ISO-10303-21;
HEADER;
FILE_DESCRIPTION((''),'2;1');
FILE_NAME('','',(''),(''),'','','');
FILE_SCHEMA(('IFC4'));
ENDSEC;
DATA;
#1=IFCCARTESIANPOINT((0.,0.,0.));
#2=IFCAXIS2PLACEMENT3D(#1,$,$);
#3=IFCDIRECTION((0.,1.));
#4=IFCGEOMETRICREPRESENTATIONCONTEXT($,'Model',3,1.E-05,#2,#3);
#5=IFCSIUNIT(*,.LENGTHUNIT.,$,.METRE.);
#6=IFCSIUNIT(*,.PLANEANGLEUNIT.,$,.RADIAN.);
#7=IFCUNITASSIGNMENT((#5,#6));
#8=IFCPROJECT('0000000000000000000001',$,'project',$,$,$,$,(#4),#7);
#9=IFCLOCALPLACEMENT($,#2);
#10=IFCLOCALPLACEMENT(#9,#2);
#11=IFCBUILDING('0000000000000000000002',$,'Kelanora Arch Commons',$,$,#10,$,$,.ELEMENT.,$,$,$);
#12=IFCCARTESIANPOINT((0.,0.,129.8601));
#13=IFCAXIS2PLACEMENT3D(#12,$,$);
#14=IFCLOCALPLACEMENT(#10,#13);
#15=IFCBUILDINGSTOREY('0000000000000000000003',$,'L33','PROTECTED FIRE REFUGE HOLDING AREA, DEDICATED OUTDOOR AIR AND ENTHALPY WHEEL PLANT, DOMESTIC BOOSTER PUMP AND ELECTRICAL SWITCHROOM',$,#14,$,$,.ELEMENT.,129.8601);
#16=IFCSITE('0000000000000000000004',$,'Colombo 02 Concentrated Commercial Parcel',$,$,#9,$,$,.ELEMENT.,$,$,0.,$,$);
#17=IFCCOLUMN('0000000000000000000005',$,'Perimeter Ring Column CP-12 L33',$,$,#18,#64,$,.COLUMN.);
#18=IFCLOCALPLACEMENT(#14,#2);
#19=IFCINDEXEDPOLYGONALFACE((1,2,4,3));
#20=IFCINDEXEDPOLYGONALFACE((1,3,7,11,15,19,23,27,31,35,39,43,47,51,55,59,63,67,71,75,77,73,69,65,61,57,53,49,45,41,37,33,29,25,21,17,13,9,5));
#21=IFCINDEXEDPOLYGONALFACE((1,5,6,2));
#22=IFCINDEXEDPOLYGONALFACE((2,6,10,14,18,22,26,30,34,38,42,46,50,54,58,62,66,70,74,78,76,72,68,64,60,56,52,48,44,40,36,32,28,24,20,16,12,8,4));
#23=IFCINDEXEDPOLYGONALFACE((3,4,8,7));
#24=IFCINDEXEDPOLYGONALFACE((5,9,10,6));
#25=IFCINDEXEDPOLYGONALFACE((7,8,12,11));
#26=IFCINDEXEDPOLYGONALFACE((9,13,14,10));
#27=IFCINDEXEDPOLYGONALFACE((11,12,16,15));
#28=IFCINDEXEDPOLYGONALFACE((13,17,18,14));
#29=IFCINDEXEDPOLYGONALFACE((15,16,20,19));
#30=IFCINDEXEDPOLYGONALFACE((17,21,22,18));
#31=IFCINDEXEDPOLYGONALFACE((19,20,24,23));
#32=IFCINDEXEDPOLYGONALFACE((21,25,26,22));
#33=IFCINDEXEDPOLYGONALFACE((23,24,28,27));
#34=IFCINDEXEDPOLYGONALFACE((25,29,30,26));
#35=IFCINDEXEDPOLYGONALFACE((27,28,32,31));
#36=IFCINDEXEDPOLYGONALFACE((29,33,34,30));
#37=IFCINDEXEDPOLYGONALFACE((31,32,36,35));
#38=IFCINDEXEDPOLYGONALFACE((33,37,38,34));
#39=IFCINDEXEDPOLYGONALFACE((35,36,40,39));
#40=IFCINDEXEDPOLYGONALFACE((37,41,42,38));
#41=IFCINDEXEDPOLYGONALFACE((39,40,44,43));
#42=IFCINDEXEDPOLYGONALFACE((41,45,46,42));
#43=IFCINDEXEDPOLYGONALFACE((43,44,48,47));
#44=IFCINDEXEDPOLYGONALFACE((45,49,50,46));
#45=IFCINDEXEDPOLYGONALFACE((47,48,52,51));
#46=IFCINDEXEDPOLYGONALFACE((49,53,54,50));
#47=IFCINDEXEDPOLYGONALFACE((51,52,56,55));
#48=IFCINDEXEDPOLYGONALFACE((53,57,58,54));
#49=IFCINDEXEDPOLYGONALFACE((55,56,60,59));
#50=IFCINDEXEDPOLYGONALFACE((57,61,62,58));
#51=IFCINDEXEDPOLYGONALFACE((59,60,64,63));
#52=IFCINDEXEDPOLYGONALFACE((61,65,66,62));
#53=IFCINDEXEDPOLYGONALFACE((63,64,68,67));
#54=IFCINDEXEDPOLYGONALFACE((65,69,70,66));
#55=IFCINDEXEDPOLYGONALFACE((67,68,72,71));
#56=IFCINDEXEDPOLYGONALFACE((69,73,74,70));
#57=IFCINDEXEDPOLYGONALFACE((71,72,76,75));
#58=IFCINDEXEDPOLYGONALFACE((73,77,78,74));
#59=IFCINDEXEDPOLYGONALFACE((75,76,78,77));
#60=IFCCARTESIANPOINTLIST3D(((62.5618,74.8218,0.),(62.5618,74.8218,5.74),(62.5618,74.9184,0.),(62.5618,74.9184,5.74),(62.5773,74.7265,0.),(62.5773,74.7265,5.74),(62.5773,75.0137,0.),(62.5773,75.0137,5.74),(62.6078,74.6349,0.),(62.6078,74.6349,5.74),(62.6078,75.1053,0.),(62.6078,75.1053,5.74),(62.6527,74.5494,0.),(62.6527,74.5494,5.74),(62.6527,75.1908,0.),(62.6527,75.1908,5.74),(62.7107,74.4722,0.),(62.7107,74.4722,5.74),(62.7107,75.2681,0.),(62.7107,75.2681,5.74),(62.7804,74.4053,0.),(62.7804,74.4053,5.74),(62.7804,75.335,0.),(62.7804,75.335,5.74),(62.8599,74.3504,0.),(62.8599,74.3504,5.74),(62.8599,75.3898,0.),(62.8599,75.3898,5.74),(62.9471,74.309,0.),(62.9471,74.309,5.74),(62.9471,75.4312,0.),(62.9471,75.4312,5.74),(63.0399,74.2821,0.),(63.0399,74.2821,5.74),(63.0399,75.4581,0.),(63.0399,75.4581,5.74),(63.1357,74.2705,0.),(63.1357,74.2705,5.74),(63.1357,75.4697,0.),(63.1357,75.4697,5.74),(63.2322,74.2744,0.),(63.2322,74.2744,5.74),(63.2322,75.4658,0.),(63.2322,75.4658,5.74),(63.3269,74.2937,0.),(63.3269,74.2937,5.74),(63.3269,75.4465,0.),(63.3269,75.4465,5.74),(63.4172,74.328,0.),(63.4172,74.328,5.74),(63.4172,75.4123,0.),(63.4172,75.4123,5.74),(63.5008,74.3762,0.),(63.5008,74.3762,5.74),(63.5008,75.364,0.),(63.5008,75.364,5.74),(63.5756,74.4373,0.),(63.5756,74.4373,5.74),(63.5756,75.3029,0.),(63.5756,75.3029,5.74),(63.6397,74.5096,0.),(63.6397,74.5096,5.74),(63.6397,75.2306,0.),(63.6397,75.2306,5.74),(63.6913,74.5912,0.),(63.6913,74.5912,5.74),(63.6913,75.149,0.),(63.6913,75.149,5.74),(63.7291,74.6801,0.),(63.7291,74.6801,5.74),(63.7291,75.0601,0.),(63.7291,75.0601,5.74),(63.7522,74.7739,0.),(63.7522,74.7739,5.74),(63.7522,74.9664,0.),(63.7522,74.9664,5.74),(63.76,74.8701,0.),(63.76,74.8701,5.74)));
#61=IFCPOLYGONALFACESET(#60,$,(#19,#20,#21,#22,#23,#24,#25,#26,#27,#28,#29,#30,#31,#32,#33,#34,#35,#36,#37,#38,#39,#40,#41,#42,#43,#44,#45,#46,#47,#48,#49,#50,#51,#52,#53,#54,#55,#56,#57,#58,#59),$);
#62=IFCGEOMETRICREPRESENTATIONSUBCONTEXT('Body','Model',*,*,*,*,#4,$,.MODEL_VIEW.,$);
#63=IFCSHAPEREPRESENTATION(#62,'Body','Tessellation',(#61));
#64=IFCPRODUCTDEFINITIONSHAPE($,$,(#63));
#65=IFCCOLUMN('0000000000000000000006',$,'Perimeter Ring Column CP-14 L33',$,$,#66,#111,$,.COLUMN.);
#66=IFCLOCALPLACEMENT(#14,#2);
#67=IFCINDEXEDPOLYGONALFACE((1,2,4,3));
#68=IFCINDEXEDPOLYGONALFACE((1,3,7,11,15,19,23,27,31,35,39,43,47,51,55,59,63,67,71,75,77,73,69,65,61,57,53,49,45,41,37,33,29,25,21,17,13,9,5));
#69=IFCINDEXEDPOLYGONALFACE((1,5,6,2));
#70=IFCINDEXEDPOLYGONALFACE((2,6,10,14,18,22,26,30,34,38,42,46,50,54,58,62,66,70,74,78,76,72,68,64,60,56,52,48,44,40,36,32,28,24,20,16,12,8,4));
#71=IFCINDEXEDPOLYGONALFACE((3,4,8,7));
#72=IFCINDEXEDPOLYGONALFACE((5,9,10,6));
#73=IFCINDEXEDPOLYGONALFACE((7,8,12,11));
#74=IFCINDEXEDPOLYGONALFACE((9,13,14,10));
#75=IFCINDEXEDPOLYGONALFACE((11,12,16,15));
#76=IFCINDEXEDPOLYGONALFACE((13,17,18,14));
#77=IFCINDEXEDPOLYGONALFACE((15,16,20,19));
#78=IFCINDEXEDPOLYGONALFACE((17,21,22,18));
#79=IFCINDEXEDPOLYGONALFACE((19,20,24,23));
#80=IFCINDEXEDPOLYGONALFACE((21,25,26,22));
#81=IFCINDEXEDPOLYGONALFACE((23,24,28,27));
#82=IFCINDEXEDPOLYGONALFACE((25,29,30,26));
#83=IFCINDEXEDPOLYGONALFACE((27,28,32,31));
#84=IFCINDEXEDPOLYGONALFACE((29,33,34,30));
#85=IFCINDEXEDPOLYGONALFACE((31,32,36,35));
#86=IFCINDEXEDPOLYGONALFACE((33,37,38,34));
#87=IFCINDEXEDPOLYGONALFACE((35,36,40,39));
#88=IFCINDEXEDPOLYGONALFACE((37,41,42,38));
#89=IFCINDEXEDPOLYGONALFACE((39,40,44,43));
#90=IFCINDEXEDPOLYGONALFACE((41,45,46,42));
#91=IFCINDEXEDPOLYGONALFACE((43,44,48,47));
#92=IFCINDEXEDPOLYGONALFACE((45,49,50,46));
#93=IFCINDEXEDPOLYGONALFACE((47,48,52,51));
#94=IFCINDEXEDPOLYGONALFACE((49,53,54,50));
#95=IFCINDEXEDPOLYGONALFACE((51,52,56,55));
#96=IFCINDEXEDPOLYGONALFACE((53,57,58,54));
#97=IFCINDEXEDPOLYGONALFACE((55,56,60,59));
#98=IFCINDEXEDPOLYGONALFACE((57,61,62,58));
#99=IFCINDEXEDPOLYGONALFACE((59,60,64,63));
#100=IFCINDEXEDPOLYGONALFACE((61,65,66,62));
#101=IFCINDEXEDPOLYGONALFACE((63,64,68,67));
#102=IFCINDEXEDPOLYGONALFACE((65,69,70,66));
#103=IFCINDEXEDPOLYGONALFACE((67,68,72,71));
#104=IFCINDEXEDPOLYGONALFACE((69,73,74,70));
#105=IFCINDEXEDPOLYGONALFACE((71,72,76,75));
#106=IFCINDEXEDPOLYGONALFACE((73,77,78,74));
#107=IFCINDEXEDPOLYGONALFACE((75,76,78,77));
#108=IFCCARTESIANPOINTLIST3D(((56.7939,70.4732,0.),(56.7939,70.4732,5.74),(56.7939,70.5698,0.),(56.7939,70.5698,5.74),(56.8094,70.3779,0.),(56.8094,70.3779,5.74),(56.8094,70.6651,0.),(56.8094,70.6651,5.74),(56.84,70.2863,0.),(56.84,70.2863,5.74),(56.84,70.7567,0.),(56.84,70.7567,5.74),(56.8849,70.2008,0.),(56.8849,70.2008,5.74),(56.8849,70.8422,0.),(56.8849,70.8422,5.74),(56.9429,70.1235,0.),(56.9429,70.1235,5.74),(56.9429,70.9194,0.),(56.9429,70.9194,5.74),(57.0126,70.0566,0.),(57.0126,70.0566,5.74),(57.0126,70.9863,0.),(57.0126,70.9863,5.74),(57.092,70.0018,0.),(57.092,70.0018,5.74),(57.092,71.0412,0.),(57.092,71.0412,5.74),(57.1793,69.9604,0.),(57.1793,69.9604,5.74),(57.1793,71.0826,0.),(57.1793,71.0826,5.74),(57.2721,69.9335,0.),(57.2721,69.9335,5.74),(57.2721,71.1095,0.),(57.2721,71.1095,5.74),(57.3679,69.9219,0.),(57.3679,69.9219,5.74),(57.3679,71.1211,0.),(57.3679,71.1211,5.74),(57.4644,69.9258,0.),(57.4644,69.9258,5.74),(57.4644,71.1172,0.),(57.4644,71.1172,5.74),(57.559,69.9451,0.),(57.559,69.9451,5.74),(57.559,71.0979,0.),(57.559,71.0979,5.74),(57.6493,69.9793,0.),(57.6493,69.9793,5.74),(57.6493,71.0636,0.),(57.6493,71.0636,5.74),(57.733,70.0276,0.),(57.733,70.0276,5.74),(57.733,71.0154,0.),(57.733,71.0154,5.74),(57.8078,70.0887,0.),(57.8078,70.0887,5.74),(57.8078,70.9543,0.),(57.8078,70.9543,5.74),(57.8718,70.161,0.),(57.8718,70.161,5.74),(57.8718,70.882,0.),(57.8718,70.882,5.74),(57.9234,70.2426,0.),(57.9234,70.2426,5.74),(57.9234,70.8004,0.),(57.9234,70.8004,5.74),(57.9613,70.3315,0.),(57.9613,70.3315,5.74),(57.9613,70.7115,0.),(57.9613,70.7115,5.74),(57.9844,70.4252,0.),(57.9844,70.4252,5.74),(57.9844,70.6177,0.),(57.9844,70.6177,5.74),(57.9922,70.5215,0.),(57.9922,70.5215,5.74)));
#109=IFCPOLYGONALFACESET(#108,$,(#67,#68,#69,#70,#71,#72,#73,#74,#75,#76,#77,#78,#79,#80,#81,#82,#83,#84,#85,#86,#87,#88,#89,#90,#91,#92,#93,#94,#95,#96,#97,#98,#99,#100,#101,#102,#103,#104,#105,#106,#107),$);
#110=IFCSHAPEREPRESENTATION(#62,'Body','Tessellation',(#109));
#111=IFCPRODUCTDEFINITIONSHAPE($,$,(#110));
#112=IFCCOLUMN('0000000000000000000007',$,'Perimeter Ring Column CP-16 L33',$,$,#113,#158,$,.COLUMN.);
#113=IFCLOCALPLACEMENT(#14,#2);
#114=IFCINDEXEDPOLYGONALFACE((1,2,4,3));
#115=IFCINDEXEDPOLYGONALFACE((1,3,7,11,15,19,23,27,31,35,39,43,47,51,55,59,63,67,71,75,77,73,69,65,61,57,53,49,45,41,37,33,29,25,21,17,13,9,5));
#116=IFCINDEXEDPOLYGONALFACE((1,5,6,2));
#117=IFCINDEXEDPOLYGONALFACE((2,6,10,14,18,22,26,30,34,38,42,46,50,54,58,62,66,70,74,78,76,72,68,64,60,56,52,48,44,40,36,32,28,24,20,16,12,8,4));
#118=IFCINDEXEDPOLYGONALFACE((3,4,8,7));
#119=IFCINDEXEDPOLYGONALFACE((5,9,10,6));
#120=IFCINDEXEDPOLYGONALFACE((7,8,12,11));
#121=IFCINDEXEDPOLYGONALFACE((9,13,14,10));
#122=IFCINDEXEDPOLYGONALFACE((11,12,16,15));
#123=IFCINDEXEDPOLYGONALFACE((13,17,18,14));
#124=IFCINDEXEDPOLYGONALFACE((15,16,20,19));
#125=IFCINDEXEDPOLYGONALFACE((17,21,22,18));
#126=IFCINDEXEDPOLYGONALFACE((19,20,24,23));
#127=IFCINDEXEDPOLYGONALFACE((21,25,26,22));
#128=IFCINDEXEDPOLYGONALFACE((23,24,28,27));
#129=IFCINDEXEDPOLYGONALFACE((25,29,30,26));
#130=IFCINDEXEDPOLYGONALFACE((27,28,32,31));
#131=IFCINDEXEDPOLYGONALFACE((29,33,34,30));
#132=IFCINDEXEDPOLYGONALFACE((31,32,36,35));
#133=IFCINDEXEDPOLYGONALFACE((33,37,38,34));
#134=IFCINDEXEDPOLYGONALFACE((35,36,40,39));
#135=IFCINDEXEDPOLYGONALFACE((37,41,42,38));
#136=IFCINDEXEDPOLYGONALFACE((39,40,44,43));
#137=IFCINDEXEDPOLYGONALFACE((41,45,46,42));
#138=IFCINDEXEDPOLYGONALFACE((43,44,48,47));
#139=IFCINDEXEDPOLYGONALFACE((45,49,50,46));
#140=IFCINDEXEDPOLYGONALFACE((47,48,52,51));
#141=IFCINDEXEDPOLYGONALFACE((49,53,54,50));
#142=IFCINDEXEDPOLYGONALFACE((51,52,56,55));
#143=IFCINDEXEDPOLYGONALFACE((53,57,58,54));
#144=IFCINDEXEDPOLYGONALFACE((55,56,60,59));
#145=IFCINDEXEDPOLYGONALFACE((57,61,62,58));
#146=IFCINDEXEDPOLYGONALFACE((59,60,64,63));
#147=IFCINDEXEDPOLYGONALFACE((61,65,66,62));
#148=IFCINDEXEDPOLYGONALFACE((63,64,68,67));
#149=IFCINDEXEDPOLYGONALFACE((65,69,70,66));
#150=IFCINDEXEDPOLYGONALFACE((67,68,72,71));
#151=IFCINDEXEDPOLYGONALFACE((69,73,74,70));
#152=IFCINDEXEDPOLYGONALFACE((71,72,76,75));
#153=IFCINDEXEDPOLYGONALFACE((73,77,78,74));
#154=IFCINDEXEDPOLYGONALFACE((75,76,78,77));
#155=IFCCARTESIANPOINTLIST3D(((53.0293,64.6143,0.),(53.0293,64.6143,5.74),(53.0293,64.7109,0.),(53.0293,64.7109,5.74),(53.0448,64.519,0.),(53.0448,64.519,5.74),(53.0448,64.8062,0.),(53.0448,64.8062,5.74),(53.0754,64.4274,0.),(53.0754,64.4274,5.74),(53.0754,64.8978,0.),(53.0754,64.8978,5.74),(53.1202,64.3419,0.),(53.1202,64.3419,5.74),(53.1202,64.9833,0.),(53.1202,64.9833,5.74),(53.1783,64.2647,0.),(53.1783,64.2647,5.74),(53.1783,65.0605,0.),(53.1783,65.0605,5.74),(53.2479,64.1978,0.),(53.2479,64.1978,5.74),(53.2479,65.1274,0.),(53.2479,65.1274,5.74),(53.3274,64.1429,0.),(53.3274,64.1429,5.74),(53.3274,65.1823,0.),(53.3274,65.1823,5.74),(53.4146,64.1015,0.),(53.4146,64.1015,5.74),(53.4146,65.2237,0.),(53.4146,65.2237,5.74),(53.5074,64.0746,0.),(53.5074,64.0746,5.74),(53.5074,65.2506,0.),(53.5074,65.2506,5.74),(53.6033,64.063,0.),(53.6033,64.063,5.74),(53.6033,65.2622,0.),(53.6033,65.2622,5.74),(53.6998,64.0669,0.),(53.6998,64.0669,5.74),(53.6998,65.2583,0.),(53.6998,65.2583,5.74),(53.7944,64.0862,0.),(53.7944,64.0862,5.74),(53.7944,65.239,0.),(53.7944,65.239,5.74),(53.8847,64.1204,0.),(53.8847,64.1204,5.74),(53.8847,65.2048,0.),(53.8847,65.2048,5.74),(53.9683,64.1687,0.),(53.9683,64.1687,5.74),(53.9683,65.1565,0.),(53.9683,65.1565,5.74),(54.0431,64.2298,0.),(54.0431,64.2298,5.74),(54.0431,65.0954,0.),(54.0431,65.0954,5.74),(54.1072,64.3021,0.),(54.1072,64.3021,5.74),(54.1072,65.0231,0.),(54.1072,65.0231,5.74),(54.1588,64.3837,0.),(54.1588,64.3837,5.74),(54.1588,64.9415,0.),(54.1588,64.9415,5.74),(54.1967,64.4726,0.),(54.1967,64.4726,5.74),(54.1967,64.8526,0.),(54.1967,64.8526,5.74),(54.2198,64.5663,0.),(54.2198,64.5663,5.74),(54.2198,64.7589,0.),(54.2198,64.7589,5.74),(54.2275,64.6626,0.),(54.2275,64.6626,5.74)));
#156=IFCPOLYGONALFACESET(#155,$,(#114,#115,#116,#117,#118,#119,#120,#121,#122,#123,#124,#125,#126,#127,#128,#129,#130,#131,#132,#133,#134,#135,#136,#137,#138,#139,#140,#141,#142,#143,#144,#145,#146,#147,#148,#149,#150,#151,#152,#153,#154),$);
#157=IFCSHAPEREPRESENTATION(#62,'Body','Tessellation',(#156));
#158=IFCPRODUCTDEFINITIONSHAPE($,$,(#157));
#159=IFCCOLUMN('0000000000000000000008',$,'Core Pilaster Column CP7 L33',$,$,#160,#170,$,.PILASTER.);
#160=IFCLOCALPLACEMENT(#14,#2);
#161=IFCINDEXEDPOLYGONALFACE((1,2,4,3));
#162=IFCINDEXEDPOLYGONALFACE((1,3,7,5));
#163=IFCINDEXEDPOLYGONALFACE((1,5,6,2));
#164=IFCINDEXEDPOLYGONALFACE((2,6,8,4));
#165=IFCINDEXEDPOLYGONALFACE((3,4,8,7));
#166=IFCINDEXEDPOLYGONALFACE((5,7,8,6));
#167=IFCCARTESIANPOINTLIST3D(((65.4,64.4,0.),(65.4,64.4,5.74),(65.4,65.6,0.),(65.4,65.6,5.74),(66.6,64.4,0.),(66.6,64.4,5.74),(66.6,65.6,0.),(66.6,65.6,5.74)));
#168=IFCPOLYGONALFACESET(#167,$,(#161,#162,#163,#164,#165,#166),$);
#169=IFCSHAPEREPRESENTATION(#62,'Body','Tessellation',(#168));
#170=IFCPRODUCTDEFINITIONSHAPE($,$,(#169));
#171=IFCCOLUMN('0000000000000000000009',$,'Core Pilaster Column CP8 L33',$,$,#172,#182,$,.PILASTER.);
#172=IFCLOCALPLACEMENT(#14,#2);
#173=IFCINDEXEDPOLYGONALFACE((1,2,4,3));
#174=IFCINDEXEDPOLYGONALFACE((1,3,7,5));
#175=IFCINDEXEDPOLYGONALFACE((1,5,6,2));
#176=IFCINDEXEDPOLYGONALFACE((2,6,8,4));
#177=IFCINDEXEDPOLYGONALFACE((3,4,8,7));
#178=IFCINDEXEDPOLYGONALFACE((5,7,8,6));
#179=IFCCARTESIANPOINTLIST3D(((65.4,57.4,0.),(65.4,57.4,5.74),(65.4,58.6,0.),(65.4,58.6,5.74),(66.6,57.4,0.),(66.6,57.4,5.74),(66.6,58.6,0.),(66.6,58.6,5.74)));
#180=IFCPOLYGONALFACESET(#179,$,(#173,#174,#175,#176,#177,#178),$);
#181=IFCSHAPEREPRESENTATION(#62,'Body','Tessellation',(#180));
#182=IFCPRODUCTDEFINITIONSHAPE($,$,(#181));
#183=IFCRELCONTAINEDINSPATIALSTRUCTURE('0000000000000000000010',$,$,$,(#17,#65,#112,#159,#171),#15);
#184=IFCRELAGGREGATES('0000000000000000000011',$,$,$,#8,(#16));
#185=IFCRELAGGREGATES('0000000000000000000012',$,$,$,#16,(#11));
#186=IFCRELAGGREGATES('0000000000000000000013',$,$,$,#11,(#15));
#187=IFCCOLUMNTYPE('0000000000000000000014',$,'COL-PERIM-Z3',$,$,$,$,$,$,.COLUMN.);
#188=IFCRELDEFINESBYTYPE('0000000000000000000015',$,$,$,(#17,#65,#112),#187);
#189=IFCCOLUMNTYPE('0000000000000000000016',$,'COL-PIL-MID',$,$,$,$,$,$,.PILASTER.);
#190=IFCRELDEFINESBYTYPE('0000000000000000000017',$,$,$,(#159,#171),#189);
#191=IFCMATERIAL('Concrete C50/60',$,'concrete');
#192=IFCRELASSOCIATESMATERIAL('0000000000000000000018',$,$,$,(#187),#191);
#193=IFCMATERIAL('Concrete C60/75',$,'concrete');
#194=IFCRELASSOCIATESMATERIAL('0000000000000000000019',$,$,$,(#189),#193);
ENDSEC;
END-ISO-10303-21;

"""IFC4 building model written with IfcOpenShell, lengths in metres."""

from ifc_helpers import new_model, si_unit, direction, frame, origin, origin_2d, place, context, subcontext, project, spatial, rectangle, circle, extrude, material, material_profile, profile_set, type_object, element, save


model = new_model("IFC4")

# Units and contexts
model_context = context("Model", 3, precision=1e-05, world=origin(), true_north=direction((0.0, 1.0)))
body_context = subcontext(model_context, "Body", "Model", "MODEL_VIEW")
ifc_project = project(units=[si_unit("LENGTHUNIT", "METRE"), si_unit("PLANEANGLEUNIT", "RADIAN")], contexts=[model_context])

# Site, building, storey
site_placement = place(None, origin())
site = spatial("IfcSite", under=ifc_project, at=site_placement, Name="Colombo 02 Concentrated Commercial Parcel", CompositionType="ELEMENT", RefElevation=0.0)
building_placement = place(site_placement, origin())
building = spatial("IfcBuilding", under=site, at=building_placement, Name="Kelanora Arch Commons", CompositionType="ELEMENT")
storey_placement = place(building_placement, frame((0.0, 0.0, 129.8601)))
storey = spatial("IfcBuildingStorey", under=building, at=storey_placement, Name="L33", Description="PROTECTED FIRE REFUGE HOLDING AREA, DEDICATED OUTDOOR AIR AND ENTHALPY WHEEL PLANT, DOMESTIC BOOSTER PUMP AND ELECTRICAL SWITCHROOM", CompositionType="ELEMENT", Elevation=129.8601)

# Columns
ifc_material_1 = material(Name="Concrete C50/60", Category="concrete")
ifc_material_profile_1 = material_profile(ifc_material_1, circle(Radius=0.6001, at=origin_2d()), Name="RCC1200")
ifc_profile_set_1 = profile_set([ifc_material_profile_1], Name="Concrete C50/60")
column_type_1 = type_object("IfcColumnType", Name="COL-PERIM-Z3", PredefinedType="COLUMN", material=ifc_profile_set_1)
for number, where, z_axis, x_axis, name in (
    (1, (63.1599, 74.8701, 0.0), (0.0, 0.0, 1.0), (1.0, 0.0, 0.0), "Perimeter Ring Column CP-12 L33"),
    (2, (57.3921, 70.5215, 0.0), (0.0, 0.0, 1.0), (1.0, 0.0, 0.0), "Perimeter Ring Column CP-14 L33"),
    (3, (53.6274, 64.6626, 0.0), (0.0, 0.0, 1.0), (1.0, 0.0, 0.0), "Perimeter Ring Column CP-16 L33"),
):
    element("IfcColumn", number, at=place(storey_placement, frame(where, z_axis=z_axis, x_axis=x_axis)), inside=storey, type_object=column_type_1, Name=name, PredefinedType="COLUMN", context=body_context, shape_type="SweptSolid", body=[
        extrude(circle(Radius=0.6001, at=origin_2d()), origin(), (0.0, 0.0, 1.0), 5.74),
    ])
ifc_material_2 = material(Name="Concrete C60/75", Category="concrete")
ifc_material_profile_2 = material_profile(ifc_material_2, rectangle(XDim=1.2, YDim=1.2, at=origin_2d()), Name="RC1200x1200")
ifc_profile_set_2 = profile_set([ifc_material_profile_2], Name="Concrete C60/75")
column_type_2 = type_object("IfcColumnType", Name="COL-PIL-MID", PredefinedType="PILASTER", material=ifc_profile_set_2)
for number, where, z_axis, x_axis, name in (
    (4, (66.0, 65.0, 0.0), (0.0, 0.0, 1.0), (1.0, 0.0, 0.0), "Core Pilaster Column CP7 L33"),
    (5, (66.0, 58.0, 0.0), (0.0, 0.0, 1.0), (1.0, 0.0, 0.0), "Core Pilaster Column CP8 L33"),
):
    element("IfcColumn", number, at=place(storey_placement, frame(where, z_axis=z_axis, x_axis=x_axis)), inside=storey, type_object=column_type_2, Name=name, PredefinedType="PILASTER", context=body_context, shape_type="SweptSolid", body=[
        extrude(rectangle(XDim=1.2, YDim=1.2, at=origin_2d()), origin(), (0.0, 0.0, 1.0), 5.74),
    ])

save(model, "model.ifc")
